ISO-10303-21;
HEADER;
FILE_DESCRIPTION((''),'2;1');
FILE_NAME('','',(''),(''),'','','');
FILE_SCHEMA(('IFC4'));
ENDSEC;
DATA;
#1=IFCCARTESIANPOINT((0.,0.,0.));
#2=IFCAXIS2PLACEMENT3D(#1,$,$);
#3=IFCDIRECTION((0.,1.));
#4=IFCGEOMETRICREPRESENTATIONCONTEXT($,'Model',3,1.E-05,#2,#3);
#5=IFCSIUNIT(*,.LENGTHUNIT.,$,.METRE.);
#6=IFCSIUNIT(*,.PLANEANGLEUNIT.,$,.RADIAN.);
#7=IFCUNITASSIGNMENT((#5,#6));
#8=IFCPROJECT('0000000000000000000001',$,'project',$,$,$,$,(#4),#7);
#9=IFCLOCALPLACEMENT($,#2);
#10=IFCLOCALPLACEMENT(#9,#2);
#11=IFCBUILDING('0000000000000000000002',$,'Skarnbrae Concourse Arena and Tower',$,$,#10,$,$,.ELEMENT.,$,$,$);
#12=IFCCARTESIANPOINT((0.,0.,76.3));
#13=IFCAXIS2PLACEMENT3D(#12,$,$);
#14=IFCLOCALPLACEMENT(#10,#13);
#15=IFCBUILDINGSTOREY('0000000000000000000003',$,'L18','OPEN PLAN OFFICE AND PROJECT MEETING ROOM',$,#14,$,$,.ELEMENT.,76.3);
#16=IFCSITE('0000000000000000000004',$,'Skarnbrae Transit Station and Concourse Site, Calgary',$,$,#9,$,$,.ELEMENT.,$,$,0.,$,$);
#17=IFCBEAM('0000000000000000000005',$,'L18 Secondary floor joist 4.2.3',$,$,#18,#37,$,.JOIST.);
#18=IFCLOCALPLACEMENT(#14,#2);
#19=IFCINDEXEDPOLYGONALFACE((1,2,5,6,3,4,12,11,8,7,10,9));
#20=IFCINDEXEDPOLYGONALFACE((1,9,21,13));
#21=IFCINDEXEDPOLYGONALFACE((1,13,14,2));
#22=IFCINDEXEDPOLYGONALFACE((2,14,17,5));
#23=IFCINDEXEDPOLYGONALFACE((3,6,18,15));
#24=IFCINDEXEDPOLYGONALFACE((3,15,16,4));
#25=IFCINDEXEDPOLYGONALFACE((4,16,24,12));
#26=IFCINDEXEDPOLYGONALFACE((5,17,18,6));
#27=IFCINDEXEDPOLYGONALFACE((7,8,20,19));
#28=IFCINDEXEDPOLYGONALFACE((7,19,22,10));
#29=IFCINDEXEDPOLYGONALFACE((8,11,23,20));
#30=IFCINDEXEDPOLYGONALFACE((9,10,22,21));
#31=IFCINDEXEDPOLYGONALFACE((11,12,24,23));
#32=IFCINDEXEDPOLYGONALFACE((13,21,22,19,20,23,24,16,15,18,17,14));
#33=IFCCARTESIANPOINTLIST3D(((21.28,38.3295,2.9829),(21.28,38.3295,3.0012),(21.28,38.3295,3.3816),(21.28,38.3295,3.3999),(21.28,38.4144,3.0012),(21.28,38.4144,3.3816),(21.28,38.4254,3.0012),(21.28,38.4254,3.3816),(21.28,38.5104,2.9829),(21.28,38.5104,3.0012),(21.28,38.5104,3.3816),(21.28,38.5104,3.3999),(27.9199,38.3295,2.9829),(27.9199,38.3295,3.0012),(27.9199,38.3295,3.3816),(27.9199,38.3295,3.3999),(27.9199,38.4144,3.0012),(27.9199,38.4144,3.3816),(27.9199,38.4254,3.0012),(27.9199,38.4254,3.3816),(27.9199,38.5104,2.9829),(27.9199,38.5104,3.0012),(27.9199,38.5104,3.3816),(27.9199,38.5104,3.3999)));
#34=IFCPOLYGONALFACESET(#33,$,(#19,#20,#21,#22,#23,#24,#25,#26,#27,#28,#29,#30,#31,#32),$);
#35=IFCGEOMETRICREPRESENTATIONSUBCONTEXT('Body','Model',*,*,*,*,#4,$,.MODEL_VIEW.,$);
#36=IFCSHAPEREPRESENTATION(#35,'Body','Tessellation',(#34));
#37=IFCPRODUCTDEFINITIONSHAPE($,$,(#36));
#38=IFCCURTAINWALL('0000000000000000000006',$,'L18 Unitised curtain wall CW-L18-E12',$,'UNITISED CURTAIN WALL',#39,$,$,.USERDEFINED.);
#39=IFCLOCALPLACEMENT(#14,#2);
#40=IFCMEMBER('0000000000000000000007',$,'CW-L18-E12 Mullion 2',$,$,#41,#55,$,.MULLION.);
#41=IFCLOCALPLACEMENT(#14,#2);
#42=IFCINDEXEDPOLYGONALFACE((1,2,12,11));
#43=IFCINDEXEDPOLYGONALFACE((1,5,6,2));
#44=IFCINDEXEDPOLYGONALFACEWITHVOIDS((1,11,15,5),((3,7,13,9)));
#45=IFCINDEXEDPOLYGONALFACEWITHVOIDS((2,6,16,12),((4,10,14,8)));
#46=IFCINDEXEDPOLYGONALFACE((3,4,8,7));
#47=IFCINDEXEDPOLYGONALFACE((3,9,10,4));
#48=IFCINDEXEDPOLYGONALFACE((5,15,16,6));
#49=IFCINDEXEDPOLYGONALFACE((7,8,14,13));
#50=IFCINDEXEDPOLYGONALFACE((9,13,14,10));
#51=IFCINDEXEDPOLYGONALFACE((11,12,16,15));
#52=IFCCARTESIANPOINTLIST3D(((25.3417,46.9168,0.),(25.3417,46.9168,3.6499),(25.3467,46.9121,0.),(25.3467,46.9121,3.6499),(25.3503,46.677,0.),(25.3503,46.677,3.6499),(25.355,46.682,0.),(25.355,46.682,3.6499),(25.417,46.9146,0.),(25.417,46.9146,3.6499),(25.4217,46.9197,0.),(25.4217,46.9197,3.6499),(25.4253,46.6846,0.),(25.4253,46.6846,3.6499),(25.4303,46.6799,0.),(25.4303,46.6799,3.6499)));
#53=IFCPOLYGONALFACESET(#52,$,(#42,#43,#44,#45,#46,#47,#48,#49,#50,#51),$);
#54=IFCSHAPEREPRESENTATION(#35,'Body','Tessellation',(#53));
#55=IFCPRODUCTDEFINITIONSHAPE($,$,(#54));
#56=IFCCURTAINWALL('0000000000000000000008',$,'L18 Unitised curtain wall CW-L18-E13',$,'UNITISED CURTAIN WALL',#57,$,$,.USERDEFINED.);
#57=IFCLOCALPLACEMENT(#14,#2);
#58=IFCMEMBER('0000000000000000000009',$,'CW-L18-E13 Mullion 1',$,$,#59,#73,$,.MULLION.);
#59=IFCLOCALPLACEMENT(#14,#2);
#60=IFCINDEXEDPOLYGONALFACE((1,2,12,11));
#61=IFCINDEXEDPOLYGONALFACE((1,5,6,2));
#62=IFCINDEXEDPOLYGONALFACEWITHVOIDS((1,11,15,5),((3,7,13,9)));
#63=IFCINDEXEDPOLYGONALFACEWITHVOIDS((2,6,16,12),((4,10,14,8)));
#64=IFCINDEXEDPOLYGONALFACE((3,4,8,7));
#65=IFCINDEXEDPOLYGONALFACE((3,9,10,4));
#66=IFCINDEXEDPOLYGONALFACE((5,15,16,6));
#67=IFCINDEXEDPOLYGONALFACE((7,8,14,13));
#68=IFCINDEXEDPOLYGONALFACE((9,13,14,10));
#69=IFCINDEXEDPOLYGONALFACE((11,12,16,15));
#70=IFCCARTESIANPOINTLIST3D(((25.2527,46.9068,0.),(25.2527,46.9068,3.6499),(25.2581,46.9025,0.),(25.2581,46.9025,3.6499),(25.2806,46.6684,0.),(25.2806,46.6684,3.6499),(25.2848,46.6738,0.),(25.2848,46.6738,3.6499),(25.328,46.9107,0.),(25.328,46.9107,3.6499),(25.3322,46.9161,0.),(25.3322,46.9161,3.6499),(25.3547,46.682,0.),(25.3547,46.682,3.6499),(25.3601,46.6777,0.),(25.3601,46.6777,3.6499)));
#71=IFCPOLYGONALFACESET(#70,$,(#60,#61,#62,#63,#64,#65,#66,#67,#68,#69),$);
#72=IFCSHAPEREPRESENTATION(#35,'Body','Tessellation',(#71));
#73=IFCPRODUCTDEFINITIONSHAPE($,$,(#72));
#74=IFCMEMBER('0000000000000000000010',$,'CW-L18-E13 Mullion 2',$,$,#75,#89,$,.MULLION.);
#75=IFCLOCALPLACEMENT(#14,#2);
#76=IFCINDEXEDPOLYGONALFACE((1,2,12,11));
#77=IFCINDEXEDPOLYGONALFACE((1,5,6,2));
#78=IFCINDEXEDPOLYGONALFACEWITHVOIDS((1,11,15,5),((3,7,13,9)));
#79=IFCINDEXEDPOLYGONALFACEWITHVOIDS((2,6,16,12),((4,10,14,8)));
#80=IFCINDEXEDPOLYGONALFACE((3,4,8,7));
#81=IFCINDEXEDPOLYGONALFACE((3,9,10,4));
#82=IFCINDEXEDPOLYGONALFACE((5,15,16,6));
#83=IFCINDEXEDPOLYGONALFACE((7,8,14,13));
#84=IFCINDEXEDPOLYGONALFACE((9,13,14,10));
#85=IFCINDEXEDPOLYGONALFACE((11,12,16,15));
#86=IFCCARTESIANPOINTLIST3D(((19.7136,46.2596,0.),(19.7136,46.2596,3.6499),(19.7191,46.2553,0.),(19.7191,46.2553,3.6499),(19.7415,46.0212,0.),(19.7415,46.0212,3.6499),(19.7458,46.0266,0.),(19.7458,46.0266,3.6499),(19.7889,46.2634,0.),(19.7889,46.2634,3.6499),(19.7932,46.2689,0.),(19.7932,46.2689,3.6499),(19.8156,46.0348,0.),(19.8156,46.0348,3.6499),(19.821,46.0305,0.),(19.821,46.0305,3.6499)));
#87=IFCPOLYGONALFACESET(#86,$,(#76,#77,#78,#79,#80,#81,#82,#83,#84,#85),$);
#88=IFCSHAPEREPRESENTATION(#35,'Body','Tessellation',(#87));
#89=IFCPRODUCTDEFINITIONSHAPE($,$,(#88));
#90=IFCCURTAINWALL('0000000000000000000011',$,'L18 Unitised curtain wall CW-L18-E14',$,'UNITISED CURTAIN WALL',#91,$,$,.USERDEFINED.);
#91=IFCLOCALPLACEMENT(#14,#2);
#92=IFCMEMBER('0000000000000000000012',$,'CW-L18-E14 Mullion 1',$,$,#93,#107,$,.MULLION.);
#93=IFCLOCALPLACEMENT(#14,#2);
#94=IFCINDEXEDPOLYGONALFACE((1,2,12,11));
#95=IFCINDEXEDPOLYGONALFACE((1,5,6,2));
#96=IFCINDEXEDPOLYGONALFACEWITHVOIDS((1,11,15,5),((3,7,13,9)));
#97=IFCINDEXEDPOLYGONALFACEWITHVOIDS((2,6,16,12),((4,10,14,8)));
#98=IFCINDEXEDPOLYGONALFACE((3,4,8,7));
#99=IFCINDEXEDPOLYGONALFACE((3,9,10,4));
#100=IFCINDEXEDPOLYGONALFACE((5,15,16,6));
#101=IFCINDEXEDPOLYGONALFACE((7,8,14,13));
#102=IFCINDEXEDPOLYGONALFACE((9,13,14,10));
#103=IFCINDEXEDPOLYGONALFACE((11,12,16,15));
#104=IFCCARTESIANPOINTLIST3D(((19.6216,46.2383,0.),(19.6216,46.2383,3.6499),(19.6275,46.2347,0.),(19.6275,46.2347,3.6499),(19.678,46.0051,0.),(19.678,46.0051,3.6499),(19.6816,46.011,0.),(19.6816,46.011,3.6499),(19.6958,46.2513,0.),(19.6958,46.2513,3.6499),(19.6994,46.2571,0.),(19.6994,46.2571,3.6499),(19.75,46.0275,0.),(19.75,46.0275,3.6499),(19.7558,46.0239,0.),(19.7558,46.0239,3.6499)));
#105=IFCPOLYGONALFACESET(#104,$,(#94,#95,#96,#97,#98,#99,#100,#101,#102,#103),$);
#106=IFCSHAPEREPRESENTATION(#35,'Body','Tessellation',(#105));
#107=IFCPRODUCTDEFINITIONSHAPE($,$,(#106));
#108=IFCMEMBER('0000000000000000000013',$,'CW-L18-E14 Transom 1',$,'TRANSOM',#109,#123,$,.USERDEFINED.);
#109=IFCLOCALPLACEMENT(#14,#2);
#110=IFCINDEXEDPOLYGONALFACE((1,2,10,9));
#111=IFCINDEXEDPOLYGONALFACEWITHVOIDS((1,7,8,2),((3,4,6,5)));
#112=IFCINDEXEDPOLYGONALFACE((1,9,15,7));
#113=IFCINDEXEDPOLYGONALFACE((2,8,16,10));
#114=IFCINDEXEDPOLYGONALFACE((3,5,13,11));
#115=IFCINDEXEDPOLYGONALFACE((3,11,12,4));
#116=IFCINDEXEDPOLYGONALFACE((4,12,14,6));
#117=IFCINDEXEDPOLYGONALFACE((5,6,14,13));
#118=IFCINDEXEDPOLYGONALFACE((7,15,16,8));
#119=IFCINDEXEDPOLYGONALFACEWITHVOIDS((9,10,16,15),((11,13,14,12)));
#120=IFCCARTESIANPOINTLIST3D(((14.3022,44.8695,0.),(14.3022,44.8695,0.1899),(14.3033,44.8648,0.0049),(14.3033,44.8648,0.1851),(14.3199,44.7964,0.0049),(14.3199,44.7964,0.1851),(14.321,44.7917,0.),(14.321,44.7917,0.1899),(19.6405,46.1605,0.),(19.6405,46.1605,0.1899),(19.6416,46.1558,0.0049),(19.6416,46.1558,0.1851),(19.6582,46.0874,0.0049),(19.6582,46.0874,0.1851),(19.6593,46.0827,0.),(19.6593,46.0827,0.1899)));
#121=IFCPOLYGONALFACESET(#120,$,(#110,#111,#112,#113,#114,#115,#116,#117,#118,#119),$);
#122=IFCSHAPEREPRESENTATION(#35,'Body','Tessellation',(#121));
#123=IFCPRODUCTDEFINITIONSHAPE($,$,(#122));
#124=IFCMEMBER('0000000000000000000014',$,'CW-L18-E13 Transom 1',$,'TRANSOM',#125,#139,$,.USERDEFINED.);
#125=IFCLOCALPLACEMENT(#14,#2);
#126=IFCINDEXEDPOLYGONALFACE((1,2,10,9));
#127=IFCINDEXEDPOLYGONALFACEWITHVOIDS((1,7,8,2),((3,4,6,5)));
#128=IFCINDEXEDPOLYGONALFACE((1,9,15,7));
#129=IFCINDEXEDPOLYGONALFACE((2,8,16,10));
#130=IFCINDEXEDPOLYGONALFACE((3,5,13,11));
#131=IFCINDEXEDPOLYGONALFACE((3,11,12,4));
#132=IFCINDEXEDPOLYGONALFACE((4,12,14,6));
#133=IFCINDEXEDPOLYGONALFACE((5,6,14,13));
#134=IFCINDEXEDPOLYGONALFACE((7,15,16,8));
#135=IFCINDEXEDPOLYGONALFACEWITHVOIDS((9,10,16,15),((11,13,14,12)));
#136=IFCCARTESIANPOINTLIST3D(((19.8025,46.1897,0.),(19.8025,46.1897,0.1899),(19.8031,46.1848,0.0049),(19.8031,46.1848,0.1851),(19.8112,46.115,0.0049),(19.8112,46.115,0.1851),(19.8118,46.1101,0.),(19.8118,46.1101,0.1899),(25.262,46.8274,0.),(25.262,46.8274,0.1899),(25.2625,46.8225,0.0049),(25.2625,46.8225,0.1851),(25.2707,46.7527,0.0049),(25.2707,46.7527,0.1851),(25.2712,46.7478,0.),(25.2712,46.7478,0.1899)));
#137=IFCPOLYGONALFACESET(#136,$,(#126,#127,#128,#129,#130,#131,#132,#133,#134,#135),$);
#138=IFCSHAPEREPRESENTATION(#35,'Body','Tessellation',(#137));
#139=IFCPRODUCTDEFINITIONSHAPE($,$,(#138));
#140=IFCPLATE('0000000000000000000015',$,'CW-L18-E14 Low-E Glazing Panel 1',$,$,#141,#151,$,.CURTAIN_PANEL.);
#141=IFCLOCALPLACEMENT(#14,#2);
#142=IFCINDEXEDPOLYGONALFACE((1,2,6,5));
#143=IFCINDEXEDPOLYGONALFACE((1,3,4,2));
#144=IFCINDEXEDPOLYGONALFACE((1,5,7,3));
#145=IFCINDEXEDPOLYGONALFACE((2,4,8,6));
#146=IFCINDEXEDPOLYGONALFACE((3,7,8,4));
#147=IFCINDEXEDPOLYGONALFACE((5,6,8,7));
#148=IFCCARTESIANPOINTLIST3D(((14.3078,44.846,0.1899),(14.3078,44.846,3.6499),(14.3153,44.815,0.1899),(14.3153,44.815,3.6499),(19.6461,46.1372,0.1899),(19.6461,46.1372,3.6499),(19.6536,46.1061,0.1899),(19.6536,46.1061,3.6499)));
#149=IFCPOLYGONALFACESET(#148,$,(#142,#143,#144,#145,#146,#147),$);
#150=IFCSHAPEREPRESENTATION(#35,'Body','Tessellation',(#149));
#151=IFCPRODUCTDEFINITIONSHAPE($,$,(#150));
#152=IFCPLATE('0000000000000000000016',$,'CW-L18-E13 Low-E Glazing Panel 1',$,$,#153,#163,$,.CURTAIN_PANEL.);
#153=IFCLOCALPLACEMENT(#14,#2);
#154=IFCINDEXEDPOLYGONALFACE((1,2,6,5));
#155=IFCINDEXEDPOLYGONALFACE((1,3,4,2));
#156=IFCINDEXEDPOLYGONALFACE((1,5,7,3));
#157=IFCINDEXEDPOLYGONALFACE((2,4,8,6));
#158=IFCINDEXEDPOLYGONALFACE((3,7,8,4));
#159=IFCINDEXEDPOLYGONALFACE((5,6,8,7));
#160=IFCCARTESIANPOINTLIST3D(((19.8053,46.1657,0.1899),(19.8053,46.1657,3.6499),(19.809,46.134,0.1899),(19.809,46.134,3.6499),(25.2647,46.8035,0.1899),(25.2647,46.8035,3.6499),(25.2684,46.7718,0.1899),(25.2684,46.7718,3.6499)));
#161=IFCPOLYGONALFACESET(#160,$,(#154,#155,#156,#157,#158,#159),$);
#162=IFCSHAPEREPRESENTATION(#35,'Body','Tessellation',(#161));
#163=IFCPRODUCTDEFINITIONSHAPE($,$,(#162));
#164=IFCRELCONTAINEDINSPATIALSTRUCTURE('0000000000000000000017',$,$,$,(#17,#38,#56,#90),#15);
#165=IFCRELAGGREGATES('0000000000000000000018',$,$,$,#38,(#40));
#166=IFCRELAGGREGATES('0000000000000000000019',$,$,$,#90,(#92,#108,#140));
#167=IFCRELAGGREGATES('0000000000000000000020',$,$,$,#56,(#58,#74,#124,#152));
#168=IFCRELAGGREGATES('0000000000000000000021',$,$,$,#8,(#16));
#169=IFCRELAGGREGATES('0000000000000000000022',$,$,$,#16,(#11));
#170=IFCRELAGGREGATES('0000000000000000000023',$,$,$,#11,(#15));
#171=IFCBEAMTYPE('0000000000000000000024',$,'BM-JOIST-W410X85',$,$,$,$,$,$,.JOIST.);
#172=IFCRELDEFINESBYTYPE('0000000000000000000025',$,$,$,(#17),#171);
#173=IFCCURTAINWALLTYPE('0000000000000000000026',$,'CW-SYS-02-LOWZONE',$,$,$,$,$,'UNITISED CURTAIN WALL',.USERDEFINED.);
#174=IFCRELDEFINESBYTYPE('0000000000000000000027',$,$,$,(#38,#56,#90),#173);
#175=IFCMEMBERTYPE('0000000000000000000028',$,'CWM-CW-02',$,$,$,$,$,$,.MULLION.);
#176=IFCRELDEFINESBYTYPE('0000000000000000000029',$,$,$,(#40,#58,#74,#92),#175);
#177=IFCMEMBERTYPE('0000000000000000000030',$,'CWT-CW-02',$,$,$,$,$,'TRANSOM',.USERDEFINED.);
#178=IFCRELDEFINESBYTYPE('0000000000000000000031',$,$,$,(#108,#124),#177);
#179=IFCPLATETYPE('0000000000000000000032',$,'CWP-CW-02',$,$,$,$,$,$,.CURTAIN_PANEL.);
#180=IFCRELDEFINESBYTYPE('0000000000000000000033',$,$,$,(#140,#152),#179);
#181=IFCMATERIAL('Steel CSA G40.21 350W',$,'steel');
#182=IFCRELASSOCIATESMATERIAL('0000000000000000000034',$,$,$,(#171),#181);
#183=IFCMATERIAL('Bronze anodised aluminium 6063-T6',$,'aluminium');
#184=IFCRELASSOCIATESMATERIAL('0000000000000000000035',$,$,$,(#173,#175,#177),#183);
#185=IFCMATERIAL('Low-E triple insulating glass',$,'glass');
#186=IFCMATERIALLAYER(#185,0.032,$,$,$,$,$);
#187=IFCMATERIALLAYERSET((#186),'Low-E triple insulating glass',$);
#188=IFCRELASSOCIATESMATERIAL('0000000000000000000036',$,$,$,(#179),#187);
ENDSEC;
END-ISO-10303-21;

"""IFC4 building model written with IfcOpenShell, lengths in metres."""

from ifc_helpers import new_model, si_unit, direction, frame, origin, origin_2d, place, context, subcontext, project, spatial, rectangle, hollow_rectangle, i_section, extrude, source, transform, mapped, material, layer, layer_set, material_profile, profile_set, type_object, element, aggregate, save


model = new_model("IFC4")

# Units and contexts
model_context = context("Model", 3, precision=1e-05, world=origin(), true_north=direction((0.0, 1.0)))
body_context = subcontext(model_context, "Body", "Model", "MODEL_VIEW")
ifc_project = project(units=[si_unit("LENGTHUNIT", "METRE"), si_unit("PLANEANGLEUNIT", "RADIAN")], contexts=[model_context])

# Site, building, storey
site_placement = place(None, origin())
site = spatial("IfcSite", under=ifc_project, at=site_placement, Name="Skarnbrae Transit Station and Concourse Site, Calgary", CompositionType="ELEMENT", RefElevation=0.0)
building_placement = place(site_placement, origin())
building = spatial("IfcBuilding", under=site, at=building_placement, Name="Skarnbrae Concourse Arena and Tower", CompositionType="ELEMENT")
storey_placement = place(building_placement, frame((0.0, 0.0, 76.3)))
storey = spatial("IfcBuildingStorey", under=building, at=storey_placement, Name="L18", Description="OPEN PLAN OFFICE AND PROJECT MEETING ROOM", CompositionType="ELEMENT", Elevation=76.3)

# Shared definitions
ifc_material_1 = material(Name="Steel CSA G40.21 350W", Category="steel")

# Beam
ifc_material_profile_1 = material_profile(ifc_material_1, i_section(OverallWidth=0.1809, OverallDepth=0.417, WebThickness=0.011, FlangeThickness=0.0183, at=origin_2d()), Name="W410X85")
ifc_profile_set_1 = profile_set([ifc_material_profile_1], Name="Steel CSA G40.21 350W")
beam_type_1 = type_object("IfcBeamType", Name="BM-JOIST-W410X85", PredefinedType="JOIST", material=ifc_profile_set_1)
shared_shape_1 = source(origin(), body_context, "Body", "SweptSolid", [
    extrude(i_section(OverallWidth=0.1809, OverallDepth=0.417, WebThickness=0.011, FlangeThickness=0.0183, at=origin_2d()), origin(), (0.0, 0.0, 1.0), 6.6399),
])
for number, where, z_axis, x_axis, name in (
    (1, (21.28, 38.4199, 3.1914), (1.0, 0.0, 0.0), (0.0, 1.0, 0.0), "L18 Secondary floor joist 4.2.3"),
):
    element("IfcBeam", number, at=place(storey_placement, frame(where, z_axis=z_axis, x_axis=x_axis)), inside=storey, type_object=beam_type_1, Name=name, PredefinedType="JOIST", context=body_context, shape_type="MappedRepresentation", body=[
        mapped(shared_shape_1, transform((0.0, 0.0, 0.0))),
    ])

# Curtain wall, member
ifc_material_2 = material(Name="Bronze anodised aluminium 6063-T6", Category="aluminium")
curtain_wall_type = type_object("IfcCurtainWallType", Name="CW-SYS-02-LOWZONE", ElementType="UNITISED CURTAIN WALL", PredefinedType="USERDEFINED", material=ifc_material_2)
curtain_wall_1_placement = place(storey_placement, origin())
curtain_wall_1 = element("IfcCurtainWall", 2, at=curtain_wall_1_placement, inside=storey, type_object=curtain_wall_type, Name="L18 Unitised curtain wall CW-L18-E12", ObjectType="UNITISED CURTAIN WALL", PredefinedType="USERDEFINED")
ifc_material_profile_2 = material_profile(ifc_material_2, hollow_rectangle(XDim=0.0801, YDim=0.24, WallThickness=0.0049, at=origin_2d()), Name="ALU-MULL-80X240")
ifc_profile_set_2 = profile_set([ifc_material_profile_2], Name="Bronze anodised aluminium 6063-T6")
member_type_1 = type_object("IfcMemberType", Name="CWM-CW-02", PredefinedType="MULLION", material=ifc_profile_set_2)
shared_shape_2 = source(origin(), body_context, "Body", "SweptSolid", [
    extrude(hollow_rectangle(XDim=0.0801, YDim=0.24, WallThickness=0.0049, at=origin_2d()), origin(), (0.0, 0.0, 1.0), 3.6499),
])
member_1_placement = place(storey_placement, frame((25.386, 46.7983, 0.0), z_axis=(0.0, 0.0, 1.0), x_axis=(-0.999355, -0.035899, 0.0)))
member_1 = element("IfcMember", 3, at=member_1_placement, type_object=member_type_1, Name="CW-L18-E12 Mullion 2", PredefinedType="MULLION", context=body_context, shape_type="MappedRepresentation", body=[
    mapped(shared_shape_2, transform((0.0, 0.0, 0.0))),
])
aggregate(curtain_wall_1, [member_1])

# Curtain walls, members
curtain_wall_2_placement = place(storey_placement, origin())
curtain_wall_2 = element("IfcCurtainWall", 4, at=curtain_wall_2_placement, inside=storey, type_object=curtain_wall_type, Name="L18 Unitised curtain wall CW-L18-E13", ObjectType="UNITISED CURTAIN WALL", PredefinedType="USERDEFINED")
member_2_placement = place(storey_placement, frame((25.3064, 46.7922, 0.0), z_axis=(0.0, 0.0, 1.0), x_axis=(-0.993245, -0.11604, 0.0)))
member_2 = element("IfcMember", 5, at=member_2_placement, type_object=member_type_1, Name="CW-L18-E13 Mullion 1", PredefinedType="MULLION", context=body_context, shape_type="MappedRepresentation", body=[
    mapped(shared_shape_2, transform((0.0, 0.0, 0.0))),
])
member_3_placement = place(storey_placement, frame((19.7673, 46.145, 0.0), z_axis=(0.0, 0.0, 1.0), x_axis=(-0.993245, -0.11604, 0.0)))
member_3 = element("IfcMember", 6, at=member_3_placement, type_object=member_type_1, Name="CW-L18-E13 Mullion 2", PredefinedType="MULLION", context=body_context, shape_type="MappedRepresentation", body=[
    mapped(shared_shape_2, transform((0.0, 0.0, 0.0))),
])
curtain_wall_3_placement = place(storey_placement, origin())
curtain_wall_3 = element("IfcCurtainWall", 7, at=curtain_wall_3_placement, inside=storey, type_object=curtain_wall_type, Name="L18 Unitised curtain wall CW-L18-E14", ObjectType="UNITISED CURTAIN WALL", PredefinedType="USERDEFINED")
member_4_placement = place(storey_placement, frame((19.6887, 46.1311, 0.0), z_axis=(0.0, 0.0, 1.0), x_axis=(-0.971974, -0.23509, 0.0)))
member_4 = element("IfcMember", 8, at=member_4_placement, type_object=member_type_1, Name="CW-L18-E14 Mullion 1", PredefinedType="MULLION", context=body_context, shape_type="MappedRepresentation", body=[
    mapped(shared_shape_2, transform((0.0, 0.0, 0.0))),
])
ifc_material_profile_3 = material_profile(ifc_material_2, hollow_rectangle(XDim=0.0801, YDim=0.1899, WallThickness=0.0049, at=origin_2d()), Name="ALU-TRAN-80X190")
ifc_profile_set_3 = profile_set([ifc_material_profile_3], Name="Bronze anodised aluminium 6063-T6")
member_type_2 = type_object("IfcMemberType", Name="CWT-CW-02", ElementType="TRANSOM", PredefinedType="USERDEFINED", material=ifc_profile_set_3)
shared_shape_3 = source(origin(), body_context, "Body", "SweptSolid", [
    extrude(hollow_rectangle(XDim=0.0801, YDim=0.1899, WallThickness=0.0049, at=origin_2d()), origin(), (0.0, 0.0, 1.0), 5.4922),
])
member_5_placement = place(storey_placement, frame((19.6499, 46.1216, 0.095), z_axis=(-0.971981, -0.235061, 0.0), x_axis=(0.235061, -0.971981, 0.0)))
member_5 = element("IfcMember", 9, at=member_5_placement, type_object=member_type_2, Name="CW-L18-E14 Transom 1", ObjectType="TRANSOM", PredefinedType="USERDEFINED", context=body_context, shape_type="MappedRepresentation", body=[
    mapped(shared_shape_3, transform((0.0, 0.0, 0.0))),
])

# Member
shared_shape_4 = source(origin(), body_context, "Body", "SweptSolid", [
    extrude(hollow_rectangle(XDim=0.0801, YDim=0.1899, WallThickness=0.0049, at=origin_2d()), origin(), (0.0, 0.0, 1.0), 5.4966),
])
member_6_placement = place(storey_placement, frame((25.2666, 46.7876, 0.095), z_axis=(-0.993247, -0.116017, 0.0), x_axis=(0.116017, -0.993247, 0.0)))
member_6 = element("IfcMember", 10, at=member_6_placement, type_object=member_type_2, Name="CW-L18-E13 Transom 1", ObjectType="TRANSOM", PredefinedType="USERDEFINED", context=body_context, shape_type="MappedRepresentation", body=[
    mapped(shared_shape_4, transform((0.0, 0.0, 0.0))),
])

# Plates
ifc_material_3 = material(Name="Low-E triple insulating glass", Category="glass")
ifc_layer_1 = layer(ifc_material_3, 0.032)
ifc_layer_set_1 = layer_set([ifc_layer_1], Name="Low-E triple insulating glass")
plate_type = type_object("IfcPlateType", Name="CWP-CW-02", PredefinedType="CURTAIN_PANEL", material=ifc_layer_set_1)
shared_shape_5 = source(origin(), body_context, "Body", "SweptSolid", [
    extrude(rectangle(XDim=5.4922, YDim=0.032, at=origin_2d()), origin(), (0.0, 0.0, 1.0), 3.46),
])
plate_1_placement = place(storey_placement, frame((16.9807, 45.4761, 0.1899), z_axis=(0.0, 0.0, 1.0), x_axis=(-0.971974, -0.23509, 0.0)))
plate_1 = element("IfcPlate", 11, at=plate_1_placement, type_object=plate_type, Name="CW-L18-E14 Low-E Glazing Panel 1", PredefinedType="CURTAIN_PANEL", context=body_context, shape_type="MappedRepresentation", body=[
    mapped(shared_shape_5, transform((0.0, 0.0, 0.0))),
])
aggregate(curtain_wall_3, [member_4, member_5, plate_1])
shared_shape_6 = source(origin(), body_context, "Body", "SweptSolid", [
    extrude(rectangle(XDim=5.4966, YDim=0.032, at=origin_2d()), origin(), (0.0, 0.0, 1.0), 3.46),
])
plate_2_placement = place(storey_placement, frame((22.5369, 46.4688, 0.1899), z_axis=(0.0, 0.0, 1.0), x_axis=(-0.993245, -0.11604, 0.0)))
plate_2 = element("IfcPlate", 12, at=plate_2_placement, type_object=plate_type, Name="CW-L18-E13 Low-E Glazing Panel 1", PredefinedType="CURTAIN_PANEL", context=body_context, shape_type="MappedRepresentation", body=[
    mapped(shared_shape_6, transform((0.0, 0.0, 0.0))),
])
aggregate(curtain_wall_2, [member_2, member_3, member_6, plate_2])

save(model, "model.ifc")
